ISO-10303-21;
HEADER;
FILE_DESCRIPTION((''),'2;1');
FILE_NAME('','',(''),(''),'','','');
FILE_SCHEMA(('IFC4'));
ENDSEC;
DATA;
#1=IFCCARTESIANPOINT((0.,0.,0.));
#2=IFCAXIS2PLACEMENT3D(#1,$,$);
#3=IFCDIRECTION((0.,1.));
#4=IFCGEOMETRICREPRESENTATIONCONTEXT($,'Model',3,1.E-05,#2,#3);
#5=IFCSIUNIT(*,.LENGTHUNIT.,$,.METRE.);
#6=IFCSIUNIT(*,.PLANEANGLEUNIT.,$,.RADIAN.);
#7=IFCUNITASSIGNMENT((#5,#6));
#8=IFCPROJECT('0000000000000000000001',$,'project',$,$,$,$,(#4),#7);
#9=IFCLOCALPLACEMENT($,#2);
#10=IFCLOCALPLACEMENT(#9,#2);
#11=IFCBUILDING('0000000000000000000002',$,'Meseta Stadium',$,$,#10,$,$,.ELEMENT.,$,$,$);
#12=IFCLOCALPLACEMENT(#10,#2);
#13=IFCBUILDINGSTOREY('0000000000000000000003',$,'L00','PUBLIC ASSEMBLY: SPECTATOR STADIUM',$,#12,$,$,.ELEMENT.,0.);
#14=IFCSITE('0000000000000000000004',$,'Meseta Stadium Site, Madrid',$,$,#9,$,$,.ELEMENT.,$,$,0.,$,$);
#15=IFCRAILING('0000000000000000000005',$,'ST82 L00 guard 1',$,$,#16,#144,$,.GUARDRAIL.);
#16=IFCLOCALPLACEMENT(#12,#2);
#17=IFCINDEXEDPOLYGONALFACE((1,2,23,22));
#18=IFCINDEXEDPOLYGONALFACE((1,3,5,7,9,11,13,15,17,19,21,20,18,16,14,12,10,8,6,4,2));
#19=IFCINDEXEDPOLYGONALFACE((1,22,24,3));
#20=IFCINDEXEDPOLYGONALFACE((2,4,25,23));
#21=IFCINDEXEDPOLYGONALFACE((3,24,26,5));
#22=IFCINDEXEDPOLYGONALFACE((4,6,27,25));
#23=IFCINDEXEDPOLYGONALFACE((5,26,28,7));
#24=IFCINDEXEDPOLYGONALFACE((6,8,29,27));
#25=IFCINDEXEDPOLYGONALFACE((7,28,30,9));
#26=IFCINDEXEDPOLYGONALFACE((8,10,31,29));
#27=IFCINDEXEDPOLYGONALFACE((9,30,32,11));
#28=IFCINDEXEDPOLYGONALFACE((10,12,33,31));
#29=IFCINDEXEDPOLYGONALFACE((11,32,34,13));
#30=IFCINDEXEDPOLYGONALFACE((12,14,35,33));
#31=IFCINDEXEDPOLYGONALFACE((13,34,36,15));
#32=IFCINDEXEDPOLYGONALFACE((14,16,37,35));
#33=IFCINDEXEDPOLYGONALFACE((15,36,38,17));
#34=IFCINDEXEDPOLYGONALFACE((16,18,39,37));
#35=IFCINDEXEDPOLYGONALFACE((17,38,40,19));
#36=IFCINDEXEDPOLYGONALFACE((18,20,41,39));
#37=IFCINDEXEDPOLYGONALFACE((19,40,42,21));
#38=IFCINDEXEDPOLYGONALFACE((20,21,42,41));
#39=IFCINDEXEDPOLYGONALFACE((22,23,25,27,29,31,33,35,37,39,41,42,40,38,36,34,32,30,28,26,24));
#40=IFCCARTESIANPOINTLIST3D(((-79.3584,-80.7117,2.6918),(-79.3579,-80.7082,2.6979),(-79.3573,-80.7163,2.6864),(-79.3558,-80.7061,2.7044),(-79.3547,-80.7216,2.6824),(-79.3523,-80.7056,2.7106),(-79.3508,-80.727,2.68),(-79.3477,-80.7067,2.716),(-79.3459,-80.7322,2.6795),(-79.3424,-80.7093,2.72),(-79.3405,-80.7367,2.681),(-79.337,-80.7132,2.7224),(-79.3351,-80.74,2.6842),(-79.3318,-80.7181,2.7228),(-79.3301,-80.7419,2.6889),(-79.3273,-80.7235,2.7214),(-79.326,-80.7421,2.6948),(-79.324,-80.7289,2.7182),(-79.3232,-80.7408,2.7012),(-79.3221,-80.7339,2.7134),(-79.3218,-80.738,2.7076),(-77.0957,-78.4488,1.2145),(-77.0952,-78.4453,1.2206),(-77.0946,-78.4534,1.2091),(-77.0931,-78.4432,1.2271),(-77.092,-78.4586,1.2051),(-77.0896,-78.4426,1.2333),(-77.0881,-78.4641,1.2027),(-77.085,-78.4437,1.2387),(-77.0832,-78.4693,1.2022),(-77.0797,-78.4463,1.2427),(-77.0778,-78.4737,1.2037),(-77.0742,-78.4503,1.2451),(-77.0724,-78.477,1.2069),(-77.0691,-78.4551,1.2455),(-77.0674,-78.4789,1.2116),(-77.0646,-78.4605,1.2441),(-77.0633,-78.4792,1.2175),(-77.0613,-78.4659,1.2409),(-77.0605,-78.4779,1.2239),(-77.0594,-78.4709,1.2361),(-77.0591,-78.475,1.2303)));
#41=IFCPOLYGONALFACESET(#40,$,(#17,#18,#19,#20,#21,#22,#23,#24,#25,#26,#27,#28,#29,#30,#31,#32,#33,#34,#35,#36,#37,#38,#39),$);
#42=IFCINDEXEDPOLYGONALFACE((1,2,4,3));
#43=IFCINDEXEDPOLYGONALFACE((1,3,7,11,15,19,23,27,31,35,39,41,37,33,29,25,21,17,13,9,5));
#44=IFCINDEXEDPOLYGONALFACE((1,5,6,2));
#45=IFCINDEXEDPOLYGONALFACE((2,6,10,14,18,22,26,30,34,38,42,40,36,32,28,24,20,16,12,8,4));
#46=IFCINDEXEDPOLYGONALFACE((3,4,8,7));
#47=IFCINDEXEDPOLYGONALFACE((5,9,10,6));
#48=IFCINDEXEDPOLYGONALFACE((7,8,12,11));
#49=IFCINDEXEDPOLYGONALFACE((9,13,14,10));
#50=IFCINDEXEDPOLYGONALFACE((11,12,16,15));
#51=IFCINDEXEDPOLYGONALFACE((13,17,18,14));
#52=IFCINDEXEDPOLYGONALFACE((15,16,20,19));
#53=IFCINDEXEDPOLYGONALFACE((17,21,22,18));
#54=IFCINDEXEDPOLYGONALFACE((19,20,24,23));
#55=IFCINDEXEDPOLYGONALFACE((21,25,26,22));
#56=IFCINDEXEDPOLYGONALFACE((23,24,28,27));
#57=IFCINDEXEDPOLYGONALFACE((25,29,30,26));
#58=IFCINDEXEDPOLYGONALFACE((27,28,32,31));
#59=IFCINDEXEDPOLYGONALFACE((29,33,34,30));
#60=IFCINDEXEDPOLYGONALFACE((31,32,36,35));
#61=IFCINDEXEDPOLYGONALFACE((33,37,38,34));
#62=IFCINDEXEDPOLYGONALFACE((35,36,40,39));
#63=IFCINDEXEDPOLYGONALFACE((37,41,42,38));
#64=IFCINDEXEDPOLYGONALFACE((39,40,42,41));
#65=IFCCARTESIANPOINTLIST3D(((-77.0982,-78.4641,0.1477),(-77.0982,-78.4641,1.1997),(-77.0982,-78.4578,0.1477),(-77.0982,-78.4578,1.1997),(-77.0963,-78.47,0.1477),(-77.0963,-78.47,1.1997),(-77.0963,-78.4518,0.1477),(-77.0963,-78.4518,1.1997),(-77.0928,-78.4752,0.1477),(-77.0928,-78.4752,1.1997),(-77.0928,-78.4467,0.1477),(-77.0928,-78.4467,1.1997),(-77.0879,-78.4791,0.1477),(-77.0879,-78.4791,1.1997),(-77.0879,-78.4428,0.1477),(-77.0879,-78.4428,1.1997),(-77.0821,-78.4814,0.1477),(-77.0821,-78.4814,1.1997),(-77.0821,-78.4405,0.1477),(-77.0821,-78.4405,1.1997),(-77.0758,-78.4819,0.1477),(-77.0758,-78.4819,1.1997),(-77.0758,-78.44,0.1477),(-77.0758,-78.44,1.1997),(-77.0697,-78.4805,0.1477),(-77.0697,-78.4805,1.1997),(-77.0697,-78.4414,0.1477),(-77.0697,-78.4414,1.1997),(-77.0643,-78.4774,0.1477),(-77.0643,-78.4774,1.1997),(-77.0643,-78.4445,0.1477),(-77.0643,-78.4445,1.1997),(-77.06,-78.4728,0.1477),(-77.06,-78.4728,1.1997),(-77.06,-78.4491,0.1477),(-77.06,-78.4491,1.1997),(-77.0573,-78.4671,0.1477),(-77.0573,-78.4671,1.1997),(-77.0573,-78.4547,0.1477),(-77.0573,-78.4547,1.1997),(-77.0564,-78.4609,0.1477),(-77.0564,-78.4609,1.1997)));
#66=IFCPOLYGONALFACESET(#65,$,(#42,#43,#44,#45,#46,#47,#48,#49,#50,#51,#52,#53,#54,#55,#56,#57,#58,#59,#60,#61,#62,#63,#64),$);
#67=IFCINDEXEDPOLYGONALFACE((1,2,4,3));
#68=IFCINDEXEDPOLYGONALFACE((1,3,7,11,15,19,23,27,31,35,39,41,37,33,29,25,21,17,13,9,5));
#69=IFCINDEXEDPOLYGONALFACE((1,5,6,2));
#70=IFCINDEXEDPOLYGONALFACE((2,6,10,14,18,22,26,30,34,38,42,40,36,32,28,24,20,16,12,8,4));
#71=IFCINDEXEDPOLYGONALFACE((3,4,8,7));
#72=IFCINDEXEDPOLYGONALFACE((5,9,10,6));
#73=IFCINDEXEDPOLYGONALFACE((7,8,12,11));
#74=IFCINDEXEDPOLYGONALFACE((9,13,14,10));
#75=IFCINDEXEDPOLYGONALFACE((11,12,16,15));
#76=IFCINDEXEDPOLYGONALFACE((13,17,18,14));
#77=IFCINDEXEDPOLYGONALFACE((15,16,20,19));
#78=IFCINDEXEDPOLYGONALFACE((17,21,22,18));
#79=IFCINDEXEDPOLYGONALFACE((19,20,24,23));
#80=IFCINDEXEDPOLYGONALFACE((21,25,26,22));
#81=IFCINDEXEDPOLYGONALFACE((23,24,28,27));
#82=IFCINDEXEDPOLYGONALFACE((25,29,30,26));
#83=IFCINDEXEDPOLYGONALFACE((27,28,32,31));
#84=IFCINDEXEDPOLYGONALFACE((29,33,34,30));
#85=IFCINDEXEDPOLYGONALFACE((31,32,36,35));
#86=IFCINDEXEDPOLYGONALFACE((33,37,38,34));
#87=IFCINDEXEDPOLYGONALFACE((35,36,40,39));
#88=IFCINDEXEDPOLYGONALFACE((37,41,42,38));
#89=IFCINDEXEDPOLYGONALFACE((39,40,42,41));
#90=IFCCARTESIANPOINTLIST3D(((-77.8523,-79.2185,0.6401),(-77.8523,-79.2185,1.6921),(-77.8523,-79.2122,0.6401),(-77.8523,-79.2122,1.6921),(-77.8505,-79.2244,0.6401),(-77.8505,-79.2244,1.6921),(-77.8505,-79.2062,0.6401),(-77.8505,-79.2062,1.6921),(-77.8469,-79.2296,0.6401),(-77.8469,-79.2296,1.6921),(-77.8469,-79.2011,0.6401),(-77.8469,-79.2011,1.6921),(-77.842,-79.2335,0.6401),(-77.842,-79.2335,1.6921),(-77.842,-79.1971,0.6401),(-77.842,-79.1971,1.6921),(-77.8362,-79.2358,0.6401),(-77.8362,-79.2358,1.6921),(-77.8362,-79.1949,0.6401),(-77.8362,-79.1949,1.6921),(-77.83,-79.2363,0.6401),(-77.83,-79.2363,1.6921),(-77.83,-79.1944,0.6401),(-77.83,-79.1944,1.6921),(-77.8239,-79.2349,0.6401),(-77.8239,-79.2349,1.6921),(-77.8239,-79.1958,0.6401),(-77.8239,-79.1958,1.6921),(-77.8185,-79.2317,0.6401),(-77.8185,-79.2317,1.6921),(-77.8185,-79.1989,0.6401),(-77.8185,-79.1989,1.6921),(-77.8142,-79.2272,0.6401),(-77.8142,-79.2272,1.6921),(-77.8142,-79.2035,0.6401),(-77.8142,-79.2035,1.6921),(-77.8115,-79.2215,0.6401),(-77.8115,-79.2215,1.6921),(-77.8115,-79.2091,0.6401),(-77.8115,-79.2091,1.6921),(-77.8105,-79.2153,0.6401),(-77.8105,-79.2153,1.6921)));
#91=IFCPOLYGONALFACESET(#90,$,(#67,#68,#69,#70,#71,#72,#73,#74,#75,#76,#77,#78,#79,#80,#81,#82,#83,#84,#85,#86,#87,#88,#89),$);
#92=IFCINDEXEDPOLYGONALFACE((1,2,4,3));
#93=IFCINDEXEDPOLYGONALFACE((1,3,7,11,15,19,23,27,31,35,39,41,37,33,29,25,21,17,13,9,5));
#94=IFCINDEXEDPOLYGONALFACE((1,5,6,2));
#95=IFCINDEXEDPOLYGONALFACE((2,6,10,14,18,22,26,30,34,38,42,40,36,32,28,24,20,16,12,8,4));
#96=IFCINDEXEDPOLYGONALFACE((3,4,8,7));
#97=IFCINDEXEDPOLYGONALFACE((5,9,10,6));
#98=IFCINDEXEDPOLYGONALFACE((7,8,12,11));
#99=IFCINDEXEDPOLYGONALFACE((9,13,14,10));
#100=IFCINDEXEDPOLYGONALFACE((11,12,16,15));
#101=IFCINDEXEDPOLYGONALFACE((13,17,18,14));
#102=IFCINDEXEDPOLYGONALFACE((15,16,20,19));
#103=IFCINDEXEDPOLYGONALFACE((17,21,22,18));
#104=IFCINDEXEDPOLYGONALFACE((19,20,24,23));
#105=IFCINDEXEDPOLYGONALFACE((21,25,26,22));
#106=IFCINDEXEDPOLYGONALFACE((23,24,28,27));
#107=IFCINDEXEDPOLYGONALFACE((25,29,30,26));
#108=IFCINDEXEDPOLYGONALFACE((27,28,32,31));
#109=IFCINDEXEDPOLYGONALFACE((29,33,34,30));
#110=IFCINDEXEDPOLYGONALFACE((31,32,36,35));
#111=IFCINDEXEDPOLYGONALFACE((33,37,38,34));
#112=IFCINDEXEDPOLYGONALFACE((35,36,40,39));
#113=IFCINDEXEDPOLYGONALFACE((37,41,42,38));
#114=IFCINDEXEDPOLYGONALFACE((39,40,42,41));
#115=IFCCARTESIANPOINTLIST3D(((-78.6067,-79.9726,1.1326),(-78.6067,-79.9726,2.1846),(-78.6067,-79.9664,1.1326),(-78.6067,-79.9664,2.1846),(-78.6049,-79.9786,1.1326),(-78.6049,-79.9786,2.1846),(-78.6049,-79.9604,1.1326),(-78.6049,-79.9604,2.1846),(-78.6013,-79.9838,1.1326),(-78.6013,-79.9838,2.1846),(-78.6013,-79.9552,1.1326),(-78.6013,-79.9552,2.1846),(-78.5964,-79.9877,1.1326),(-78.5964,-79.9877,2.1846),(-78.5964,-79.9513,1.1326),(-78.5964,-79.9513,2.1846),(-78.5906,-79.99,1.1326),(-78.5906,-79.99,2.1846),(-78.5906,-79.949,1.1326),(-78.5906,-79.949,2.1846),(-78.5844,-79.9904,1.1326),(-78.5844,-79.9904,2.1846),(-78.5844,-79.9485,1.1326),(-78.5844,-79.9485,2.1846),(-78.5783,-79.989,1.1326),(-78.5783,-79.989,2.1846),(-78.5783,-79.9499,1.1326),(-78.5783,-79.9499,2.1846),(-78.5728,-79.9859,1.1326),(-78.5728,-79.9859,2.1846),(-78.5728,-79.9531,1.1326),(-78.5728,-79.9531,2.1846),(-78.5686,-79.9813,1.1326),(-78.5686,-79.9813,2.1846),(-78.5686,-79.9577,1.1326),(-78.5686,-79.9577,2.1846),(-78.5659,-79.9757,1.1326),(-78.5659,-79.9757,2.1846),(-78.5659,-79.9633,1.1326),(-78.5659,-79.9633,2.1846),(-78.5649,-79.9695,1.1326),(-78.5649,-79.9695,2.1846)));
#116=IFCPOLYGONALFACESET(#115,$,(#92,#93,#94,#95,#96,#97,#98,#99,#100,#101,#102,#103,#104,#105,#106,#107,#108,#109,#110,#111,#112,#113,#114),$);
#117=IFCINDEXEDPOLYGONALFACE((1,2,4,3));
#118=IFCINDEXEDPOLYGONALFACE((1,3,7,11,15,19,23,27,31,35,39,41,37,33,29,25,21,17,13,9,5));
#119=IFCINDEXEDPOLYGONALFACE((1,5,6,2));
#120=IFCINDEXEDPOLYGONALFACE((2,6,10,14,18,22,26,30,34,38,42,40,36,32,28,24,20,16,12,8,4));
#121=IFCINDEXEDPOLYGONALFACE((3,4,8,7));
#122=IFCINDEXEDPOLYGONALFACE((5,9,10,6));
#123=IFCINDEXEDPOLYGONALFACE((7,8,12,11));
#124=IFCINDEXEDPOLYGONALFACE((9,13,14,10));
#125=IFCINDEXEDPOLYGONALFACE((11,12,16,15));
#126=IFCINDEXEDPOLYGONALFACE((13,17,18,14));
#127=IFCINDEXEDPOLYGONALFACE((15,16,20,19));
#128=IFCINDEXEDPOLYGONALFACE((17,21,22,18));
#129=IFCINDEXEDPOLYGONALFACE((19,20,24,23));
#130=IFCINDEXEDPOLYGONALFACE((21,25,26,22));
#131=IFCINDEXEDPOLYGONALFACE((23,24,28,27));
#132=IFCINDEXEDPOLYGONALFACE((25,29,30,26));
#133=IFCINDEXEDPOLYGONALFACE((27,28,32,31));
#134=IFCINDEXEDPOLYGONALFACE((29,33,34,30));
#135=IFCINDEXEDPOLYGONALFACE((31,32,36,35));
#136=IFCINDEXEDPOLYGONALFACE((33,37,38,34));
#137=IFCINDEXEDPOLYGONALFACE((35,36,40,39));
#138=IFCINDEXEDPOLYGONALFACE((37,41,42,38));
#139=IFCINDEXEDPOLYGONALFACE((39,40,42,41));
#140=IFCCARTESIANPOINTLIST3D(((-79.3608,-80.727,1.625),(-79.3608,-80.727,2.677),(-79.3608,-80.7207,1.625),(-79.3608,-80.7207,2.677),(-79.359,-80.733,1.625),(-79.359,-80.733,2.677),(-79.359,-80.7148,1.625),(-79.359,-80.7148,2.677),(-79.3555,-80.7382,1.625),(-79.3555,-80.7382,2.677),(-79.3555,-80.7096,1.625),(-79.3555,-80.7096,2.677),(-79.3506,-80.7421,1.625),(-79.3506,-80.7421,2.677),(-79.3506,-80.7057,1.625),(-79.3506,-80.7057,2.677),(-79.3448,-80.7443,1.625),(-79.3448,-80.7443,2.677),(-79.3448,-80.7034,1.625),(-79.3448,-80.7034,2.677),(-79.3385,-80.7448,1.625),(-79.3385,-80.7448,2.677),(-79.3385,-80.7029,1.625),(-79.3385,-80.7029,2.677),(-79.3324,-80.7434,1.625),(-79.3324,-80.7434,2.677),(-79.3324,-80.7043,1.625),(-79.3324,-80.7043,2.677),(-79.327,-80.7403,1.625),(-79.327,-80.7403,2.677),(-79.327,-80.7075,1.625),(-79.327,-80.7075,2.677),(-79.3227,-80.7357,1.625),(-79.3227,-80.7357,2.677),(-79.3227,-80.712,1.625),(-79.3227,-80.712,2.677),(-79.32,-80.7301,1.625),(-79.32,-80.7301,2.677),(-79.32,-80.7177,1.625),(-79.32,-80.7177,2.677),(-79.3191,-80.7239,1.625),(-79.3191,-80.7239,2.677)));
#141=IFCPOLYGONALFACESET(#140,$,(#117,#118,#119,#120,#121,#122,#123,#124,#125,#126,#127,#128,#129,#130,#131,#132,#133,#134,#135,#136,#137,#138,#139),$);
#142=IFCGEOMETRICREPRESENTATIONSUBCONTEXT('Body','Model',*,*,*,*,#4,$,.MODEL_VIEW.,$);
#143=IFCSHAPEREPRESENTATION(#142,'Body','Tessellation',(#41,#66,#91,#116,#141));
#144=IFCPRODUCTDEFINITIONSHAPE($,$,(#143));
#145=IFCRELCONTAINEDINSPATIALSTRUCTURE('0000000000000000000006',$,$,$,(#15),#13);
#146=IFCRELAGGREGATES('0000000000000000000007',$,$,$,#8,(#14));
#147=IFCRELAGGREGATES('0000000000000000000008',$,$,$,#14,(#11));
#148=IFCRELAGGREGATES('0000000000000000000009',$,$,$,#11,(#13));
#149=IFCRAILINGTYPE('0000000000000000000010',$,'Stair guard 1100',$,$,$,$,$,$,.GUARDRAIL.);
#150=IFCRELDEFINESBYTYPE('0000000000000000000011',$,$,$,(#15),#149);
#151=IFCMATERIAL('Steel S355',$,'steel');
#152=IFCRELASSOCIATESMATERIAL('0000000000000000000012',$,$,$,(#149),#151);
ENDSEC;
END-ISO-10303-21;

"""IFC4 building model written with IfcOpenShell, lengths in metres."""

from ifc_helpers import new_model, si_unit, direction, frame, origin, origin_2d, place, context, subcontext, project, spatial, circle, extrude, material, type_object, element, save


model = new_model("IFC4")

# Units and contexts
model_context = context("Model", 3, precision=1e-05, world=origin(), true_north=direction((0.0, 1.0)))
body_context = subcontext(model_context, "Body", "Model", "MODEL_VIEW")
ifc_project = project(units=[si_unit("LENGTHUNIT", "METRE"), si_unit("PLANEANGLEUNIT", "RADIAN")], contexts=[model_context])

# Site, building, storey
site_placement = place(None, origin())
site = spatial("IfcSite", under=ifc_project, at=site_placement, Name="Meseta Stadium Site, Madrid", CompositionType="ELEMENT", RefElevation=0.0)
building_placement = place(site_placement, origin())
building = spatial("IfcBuilding", under=site, at=building_placement, Name="Meseta Stadium", CompositionType="ELEMENT")
storey_placement = place(building_placement, origin())
storey = spatial("IfcBuildingStorey", under=building, at=storey_placement, Name="L00", Description="PUBLIC ASSEMBLY: SPECTATOR STADIUM", CompositionType="ELEMENT", Elevation=0.0)

# Railing
ifc_material_1 = material(Name="Steel S355", Category="steel")
railing_type_1 = type_object("IfcRailingType", Name="Stair guard 1100", PredefinedType="GUARDRAIL", material=ifc_material_1)
railing_1_placement = place(storey_placement, frame((-77.0774, -78.4609, 0.1477)))
element("IfcRailing", 1, at=railing_1_placement, inside=storey, type_object=railing_type_1, Name="ST82 L00 guard 1", PredefinedType="GUARDRAIL", context=body_context, shape_type="SweptSolid", body=[
    extrude(circle(Radius=0.0239, at=origin_2d()), frame((0.0, 0.0, 1.0762), z_axis=(-0.641965, -0.642034, 0.419134), x_axis=(0.707145, -0.707069, 0.0)), (0.0, 0.0, 1.0), 3.5247),
    extrude(circle(Radius=0.021, at=origin_2d()), origin(), (0.0, 0.0, 1.0), 1.052),
    extrude(circle(Radius=0.021, at=origin_2d()), frame((-0.7542, -0.7544, 0.4924)), (0.0, 0.0, 1.0), 1.052),
    extrude(circle(Radius=0.021, at=origin_2d()), frame((-1.5085, -1.5085, 0.9849)), (0.0, 0.0, 1.0), 1.052),
    extrude(circle(Radius=0.021, at=origin_2d()), frame((-2.2627, -2.2629, 1.4773)), (0.0, 0.0, 1.0), 1.052),
])

save(model, "model.ifc")
